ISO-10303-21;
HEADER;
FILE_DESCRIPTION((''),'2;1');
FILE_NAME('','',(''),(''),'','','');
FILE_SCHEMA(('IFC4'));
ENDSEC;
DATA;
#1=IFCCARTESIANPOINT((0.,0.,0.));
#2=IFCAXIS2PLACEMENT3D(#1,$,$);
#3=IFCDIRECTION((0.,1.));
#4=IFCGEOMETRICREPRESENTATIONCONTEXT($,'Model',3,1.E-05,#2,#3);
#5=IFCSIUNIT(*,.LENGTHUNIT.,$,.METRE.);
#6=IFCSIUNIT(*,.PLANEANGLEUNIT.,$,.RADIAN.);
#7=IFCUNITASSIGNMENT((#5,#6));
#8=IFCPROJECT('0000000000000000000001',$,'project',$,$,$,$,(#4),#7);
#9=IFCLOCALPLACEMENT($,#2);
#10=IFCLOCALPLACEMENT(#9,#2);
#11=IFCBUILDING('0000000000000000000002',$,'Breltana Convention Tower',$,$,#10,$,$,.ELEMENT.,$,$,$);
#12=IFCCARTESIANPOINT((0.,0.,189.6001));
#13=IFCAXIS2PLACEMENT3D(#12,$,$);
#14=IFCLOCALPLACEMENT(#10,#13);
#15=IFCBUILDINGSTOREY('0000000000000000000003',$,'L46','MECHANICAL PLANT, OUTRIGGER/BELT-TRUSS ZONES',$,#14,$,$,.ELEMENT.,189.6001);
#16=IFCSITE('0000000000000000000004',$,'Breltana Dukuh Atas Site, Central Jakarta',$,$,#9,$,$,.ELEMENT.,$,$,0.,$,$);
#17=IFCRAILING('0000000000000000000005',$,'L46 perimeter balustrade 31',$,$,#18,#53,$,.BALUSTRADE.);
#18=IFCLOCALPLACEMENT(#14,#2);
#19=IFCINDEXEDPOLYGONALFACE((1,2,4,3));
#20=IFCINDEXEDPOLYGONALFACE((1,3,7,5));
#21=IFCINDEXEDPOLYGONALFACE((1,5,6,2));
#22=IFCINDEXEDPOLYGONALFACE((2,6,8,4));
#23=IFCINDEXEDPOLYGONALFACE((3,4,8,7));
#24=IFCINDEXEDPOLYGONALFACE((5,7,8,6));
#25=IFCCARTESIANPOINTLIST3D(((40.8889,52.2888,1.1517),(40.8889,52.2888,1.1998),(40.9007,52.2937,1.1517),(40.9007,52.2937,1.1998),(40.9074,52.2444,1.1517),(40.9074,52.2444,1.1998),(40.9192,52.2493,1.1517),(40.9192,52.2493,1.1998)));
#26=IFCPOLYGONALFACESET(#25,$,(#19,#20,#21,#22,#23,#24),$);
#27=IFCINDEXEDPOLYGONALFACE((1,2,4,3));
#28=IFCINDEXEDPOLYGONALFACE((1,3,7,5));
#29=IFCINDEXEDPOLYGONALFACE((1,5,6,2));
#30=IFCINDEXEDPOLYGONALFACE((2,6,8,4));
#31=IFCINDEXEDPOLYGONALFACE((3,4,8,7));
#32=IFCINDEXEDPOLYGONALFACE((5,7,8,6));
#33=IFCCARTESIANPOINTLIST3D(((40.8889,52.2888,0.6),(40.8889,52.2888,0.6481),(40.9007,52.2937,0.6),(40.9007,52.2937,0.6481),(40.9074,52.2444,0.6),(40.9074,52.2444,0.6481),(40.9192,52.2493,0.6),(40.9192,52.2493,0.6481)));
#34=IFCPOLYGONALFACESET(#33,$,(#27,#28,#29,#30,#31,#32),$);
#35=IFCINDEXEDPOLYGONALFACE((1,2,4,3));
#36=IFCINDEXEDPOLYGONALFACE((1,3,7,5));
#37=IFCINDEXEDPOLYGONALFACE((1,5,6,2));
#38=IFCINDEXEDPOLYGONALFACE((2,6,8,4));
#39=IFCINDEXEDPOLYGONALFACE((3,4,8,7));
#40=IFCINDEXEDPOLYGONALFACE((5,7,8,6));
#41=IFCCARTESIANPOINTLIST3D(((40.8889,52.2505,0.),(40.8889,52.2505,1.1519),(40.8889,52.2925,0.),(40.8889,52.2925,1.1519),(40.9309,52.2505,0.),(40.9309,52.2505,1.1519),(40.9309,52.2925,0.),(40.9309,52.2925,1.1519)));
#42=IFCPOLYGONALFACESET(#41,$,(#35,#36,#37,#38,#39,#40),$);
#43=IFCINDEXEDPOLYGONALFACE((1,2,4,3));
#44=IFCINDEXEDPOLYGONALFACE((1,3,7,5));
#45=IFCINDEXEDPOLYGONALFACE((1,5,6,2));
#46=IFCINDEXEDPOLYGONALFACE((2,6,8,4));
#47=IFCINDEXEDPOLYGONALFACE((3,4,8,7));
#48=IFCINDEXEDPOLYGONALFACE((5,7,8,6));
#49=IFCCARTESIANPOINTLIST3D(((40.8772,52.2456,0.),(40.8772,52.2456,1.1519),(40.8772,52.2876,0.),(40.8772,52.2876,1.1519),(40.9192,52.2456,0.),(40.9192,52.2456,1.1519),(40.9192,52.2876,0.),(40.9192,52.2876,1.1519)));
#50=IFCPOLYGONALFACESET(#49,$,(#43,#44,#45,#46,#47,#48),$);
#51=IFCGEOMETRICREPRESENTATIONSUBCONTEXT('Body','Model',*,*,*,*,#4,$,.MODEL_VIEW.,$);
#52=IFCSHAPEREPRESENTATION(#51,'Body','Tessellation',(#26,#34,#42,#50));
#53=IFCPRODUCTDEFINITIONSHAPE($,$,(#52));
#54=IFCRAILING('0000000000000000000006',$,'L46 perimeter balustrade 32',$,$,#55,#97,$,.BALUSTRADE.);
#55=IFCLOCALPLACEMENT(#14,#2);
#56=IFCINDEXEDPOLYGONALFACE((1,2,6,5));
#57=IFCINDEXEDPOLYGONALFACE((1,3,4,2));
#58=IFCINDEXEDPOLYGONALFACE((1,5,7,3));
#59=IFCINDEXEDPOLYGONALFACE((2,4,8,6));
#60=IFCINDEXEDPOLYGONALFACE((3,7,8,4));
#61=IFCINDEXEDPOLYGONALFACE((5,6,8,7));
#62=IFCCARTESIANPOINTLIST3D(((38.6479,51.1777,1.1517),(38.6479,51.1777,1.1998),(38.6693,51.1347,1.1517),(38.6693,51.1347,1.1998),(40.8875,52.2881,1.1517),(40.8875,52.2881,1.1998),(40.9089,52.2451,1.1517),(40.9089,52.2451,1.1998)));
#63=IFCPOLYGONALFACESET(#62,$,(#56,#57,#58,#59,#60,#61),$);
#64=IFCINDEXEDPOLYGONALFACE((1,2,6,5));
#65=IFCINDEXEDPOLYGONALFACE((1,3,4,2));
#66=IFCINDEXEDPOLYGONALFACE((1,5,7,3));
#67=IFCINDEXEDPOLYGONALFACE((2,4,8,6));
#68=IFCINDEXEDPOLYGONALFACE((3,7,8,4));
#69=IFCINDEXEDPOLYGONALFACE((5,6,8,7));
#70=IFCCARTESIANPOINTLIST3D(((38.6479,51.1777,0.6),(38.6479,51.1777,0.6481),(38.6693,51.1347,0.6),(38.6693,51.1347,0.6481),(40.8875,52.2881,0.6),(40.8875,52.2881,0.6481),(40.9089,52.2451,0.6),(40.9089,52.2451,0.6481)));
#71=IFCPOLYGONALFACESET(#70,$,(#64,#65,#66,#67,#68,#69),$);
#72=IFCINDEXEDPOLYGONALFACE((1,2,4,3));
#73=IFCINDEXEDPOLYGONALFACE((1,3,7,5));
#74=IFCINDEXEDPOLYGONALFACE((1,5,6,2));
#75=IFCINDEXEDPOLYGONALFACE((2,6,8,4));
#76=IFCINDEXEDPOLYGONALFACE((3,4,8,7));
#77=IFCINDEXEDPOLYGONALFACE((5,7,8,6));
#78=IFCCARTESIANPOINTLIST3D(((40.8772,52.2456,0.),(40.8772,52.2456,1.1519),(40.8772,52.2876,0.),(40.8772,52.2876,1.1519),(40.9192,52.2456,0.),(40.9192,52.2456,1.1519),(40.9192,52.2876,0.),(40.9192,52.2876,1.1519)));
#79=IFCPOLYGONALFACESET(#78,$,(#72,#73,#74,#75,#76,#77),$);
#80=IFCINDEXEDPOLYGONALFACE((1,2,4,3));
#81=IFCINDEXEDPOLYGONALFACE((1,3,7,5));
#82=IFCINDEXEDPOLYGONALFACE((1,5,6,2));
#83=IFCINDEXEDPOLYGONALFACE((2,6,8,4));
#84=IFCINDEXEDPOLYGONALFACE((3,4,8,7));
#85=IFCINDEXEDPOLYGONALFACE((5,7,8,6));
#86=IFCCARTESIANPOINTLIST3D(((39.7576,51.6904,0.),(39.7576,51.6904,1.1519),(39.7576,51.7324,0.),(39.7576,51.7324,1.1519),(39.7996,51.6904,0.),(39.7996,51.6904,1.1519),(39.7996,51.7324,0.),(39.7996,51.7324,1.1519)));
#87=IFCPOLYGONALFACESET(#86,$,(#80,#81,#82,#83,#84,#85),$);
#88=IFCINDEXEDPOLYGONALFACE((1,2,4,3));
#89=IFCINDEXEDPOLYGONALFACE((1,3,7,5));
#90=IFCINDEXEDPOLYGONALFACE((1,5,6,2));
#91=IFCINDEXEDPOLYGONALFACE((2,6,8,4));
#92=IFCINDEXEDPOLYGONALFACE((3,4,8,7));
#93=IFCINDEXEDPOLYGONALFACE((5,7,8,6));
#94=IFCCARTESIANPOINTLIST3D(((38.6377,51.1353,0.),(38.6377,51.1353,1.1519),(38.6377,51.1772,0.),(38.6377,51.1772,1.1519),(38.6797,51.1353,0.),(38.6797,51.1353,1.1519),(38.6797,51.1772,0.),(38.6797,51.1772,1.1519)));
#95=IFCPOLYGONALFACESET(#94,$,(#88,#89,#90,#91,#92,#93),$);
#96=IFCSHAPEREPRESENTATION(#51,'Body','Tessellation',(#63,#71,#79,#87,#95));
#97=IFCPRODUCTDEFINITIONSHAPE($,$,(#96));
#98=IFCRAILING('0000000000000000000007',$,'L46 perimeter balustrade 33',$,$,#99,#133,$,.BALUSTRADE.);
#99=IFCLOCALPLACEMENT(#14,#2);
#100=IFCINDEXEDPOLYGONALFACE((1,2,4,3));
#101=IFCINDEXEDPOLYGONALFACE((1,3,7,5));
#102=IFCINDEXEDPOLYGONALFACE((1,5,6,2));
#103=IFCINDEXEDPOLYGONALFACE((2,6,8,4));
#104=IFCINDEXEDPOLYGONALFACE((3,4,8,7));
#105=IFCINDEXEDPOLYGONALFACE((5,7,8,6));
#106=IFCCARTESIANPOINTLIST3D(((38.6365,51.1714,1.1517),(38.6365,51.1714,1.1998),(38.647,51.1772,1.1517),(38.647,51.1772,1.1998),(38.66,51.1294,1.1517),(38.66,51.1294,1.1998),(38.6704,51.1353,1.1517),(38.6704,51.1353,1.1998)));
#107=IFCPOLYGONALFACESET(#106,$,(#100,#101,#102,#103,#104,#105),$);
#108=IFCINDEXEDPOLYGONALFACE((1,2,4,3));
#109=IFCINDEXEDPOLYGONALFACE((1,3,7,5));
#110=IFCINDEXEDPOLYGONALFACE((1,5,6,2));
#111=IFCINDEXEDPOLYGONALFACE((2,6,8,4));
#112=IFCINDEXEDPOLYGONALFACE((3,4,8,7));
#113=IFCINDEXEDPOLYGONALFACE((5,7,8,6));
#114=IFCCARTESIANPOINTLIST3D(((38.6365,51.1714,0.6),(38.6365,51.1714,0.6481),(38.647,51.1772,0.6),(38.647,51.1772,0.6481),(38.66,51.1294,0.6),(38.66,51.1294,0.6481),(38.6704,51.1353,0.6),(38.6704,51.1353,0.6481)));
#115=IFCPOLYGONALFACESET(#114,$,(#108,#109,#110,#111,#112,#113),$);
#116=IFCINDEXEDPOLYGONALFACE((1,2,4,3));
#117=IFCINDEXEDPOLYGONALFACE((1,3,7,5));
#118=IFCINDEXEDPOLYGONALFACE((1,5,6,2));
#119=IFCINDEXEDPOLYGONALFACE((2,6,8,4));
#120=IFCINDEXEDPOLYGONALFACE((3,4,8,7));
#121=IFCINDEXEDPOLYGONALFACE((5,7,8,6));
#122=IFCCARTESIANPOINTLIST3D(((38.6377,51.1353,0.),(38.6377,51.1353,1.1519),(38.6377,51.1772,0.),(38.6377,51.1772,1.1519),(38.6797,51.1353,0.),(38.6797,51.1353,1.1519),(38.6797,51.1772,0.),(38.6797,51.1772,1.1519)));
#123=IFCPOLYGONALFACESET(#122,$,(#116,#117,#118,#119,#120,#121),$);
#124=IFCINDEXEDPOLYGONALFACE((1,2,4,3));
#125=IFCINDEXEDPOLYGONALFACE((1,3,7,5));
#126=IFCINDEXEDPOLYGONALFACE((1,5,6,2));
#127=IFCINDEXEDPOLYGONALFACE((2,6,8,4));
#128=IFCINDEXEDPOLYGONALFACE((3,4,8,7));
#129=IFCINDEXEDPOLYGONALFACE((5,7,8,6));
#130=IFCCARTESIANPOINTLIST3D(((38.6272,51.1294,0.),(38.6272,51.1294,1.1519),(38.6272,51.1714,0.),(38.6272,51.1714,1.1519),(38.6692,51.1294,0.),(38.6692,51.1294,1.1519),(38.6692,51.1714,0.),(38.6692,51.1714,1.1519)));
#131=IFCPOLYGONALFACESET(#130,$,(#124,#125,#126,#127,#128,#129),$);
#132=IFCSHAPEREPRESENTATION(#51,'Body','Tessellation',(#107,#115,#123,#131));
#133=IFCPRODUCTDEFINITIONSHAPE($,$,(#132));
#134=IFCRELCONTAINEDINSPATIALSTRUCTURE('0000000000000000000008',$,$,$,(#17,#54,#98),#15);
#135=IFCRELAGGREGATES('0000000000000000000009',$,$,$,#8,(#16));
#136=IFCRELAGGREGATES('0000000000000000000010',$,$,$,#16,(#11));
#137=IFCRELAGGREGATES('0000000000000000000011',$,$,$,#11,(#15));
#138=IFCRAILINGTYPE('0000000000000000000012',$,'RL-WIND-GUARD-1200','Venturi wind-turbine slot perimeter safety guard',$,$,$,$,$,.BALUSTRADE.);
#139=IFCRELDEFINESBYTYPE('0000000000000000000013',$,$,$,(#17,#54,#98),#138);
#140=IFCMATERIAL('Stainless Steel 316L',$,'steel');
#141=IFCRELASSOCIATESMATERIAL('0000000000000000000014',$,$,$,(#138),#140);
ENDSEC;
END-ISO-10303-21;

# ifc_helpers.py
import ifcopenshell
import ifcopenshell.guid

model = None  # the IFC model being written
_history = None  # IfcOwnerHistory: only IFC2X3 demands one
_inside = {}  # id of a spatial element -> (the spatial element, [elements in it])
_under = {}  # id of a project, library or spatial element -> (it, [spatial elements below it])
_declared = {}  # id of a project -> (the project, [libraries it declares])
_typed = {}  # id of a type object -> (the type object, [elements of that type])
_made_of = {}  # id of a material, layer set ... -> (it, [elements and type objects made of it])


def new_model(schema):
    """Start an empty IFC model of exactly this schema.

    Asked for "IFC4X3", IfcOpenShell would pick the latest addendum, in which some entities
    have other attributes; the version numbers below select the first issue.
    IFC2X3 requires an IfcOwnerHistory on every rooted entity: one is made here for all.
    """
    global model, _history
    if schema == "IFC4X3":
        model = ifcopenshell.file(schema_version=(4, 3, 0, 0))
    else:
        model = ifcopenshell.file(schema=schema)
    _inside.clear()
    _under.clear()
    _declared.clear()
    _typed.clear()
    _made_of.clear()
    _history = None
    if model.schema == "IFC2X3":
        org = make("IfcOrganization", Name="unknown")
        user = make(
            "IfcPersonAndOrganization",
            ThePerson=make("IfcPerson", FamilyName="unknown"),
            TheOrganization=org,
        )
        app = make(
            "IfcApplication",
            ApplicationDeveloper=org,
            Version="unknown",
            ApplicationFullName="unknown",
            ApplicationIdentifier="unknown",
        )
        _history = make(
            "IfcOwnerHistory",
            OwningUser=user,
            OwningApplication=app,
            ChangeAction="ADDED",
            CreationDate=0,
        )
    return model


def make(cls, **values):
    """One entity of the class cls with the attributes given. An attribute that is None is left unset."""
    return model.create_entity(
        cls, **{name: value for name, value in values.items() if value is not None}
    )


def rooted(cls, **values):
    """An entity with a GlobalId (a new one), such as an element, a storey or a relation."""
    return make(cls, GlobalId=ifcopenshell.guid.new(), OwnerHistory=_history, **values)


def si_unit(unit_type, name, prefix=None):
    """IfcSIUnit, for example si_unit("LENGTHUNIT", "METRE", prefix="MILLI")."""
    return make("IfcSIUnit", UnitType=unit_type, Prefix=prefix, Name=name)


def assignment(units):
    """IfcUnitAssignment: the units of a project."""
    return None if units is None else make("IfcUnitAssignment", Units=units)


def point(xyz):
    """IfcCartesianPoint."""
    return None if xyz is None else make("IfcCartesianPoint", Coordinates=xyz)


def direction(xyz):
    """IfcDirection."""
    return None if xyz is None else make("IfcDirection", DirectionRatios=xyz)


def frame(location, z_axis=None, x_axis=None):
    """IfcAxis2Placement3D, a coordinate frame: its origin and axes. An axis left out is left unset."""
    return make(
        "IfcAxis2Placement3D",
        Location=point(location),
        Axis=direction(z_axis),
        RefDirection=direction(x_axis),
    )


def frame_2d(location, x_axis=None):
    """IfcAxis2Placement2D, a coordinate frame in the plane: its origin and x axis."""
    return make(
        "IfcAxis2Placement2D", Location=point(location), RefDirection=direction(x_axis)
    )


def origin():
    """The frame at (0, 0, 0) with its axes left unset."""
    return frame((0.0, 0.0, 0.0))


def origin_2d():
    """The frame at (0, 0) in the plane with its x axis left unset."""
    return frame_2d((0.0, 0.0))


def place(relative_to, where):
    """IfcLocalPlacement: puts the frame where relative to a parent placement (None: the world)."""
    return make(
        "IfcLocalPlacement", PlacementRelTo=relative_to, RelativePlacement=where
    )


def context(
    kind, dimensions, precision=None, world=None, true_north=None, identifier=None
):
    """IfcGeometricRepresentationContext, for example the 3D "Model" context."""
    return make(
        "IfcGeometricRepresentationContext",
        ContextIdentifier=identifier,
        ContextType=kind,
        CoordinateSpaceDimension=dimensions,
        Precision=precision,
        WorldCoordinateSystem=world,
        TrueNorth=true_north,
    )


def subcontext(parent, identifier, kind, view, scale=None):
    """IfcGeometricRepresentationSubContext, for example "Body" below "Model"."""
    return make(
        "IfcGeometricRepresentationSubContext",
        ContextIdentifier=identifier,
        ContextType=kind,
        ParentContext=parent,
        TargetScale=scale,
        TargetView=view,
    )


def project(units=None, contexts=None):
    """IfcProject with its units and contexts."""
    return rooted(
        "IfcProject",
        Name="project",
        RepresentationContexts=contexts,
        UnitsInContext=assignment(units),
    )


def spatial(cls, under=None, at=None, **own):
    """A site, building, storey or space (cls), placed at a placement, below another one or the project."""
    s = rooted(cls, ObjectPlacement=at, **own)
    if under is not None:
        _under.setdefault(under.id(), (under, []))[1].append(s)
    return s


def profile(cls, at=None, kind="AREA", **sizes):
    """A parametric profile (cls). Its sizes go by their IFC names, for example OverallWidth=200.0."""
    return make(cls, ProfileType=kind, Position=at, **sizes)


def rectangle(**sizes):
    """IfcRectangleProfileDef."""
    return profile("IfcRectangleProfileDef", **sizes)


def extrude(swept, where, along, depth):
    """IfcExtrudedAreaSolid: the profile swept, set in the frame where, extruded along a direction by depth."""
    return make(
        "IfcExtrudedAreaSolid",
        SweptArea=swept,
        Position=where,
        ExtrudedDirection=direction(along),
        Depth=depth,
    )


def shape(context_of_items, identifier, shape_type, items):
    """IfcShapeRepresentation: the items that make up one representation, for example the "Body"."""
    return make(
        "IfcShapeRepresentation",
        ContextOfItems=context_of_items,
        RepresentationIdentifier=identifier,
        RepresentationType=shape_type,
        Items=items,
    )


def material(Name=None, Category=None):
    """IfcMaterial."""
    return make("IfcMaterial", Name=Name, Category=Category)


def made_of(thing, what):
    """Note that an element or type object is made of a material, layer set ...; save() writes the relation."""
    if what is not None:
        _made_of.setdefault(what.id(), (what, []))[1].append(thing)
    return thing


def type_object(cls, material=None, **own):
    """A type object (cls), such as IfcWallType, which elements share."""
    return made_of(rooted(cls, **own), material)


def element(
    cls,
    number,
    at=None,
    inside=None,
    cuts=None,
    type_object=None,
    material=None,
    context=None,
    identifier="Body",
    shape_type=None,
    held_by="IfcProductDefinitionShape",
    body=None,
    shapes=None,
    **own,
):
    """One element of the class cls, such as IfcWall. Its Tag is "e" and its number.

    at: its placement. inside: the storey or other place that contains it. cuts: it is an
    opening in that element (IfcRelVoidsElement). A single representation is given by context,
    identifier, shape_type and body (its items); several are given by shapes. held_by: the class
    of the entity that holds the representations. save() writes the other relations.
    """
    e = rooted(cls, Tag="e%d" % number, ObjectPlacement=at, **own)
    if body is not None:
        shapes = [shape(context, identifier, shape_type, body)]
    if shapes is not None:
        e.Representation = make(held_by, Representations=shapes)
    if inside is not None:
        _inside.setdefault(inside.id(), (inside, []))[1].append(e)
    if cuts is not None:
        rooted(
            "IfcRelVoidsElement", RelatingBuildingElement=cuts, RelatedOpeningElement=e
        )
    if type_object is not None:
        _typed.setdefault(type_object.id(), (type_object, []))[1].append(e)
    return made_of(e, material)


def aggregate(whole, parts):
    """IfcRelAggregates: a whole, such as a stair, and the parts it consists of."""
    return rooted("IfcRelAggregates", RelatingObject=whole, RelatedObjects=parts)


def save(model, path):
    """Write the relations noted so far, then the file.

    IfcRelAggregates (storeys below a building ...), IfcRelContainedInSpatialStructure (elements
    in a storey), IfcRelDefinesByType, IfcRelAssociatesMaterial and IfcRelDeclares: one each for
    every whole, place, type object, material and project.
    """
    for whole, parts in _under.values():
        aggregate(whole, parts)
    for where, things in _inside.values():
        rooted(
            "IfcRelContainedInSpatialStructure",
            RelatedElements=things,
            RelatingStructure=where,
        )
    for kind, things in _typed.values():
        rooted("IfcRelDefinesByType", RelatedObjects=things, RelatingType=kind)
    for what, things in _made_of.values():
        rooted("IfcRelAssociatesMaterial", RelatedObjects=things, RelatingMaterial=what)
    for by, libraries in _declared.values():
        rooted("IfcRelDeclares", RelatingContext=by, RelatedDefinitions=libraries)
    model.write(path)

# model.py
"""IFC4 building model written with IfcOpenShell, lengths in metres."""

from ifc_helpers import new_model, si_unit, direction, frame, origin, origin_2d, place, context, subcontext, project, spatial, rectangle, extrude, material, type_object, element, save


model = new_model("IFC4")

# Units and contexts
model_context = context("Model", 3, precision=1e-05, world=origin(), true_north=direction((0.0, 1.0)))
body_context = subcontext(model_context, "Body", "Model", "MODEL_VIEW")
ifc_project = project(units=[si_unit("LENGTHUNIT", "METRE"), si_unit("PLANEANGLEUNIT", "RADIAN")], contexts=[model_context])

# Site, building, storey
site_placement = place(None, origin())
site = spatial("IfcSite", under=ifc_project, at=site_placement, Name="Breltana Dukuh Atas Site, Central Jakarta", CompositionType="ELEMENT", RefElevation=0.0)
building_placement = place(site_placement, origin())
building = spatial("IfcBuilding", under=site, at=building_placement, Name="Breltana Convention Tower", CompositionType="ELEMENT")
storey_placement = place(building_placement, frame((0.0, 0.0, 189.6001)))
storey = spatial("IfcBuildingStorey", under=building, at=storey_placement, Name="L46", Description="MECHANICAL PLANT, OUTRIGGER/BELT-TRUSS ZONES", CompositionType="ELEMENT", Elevation=189.6001)

# Railings
ifc_material_1 = material(Name="Stainless Steel 316L", Category="steel")
railing_type = type_object("IfcRailingType", Name="RL-WIND-GUARD-1200", Description="Venturi wind-turbine slot perimeter safety guard", PredefinedType="BALUSTRADE", material=ifc_material_1)
railing_1_placement = place(storey_placement, frame((40.9099, 52.2715, 0.0)))
element("IfcRailing", 1, at=railing_1_placement, inside=storey, type_object=railing_type, Name="L46 perimeter balustrade 31", PredefinedType="BALUSTRADE", context=body_context, shape_type="SweptSolid", body=[
    extrude(rectangle(XDim=0.0481, YDim=0.0481, at=origin_2d()), frame((0.0, 0.0, 1.1758), z_axis=(-0.923077, -0.384615, 0.0), x_axis=(0.384615, -0.923077, 0.0)), (0.0, 0.0, 1.0), 0.0127),
    extrude(rectangle(XDim=0.0481, YDim=0.0481, at=origin_2d()), frame((0.0, 0.0, 0.624), z_axis=(-0.923077, -0.384615, 0.0), x_axis=(0.384615, -0.923077, 0.0)), (0.0, 0.0, 1.0), 0.0127),
    extrude(rectangle(XDim=0.042, YDim=0.042, at=origin_2d()), origin(), (0.0, 0.0, 1.0), 1.1519),
    extrude(rectangle(XDim=0.042, YDim=0.042, at=origin_2d()), frame((-0.0117, -0.0049, 0.0)), (0.0, 0.0, 1.0), 1.1519),
])
railing_2_placement = place(storey_placement, frame((40.8982, 52.2666, 0.0)))
element("IfcRailing", 2, at=railing_2_placement, inside=storey, type_object=railing_type, Name="L46 perimeter balustrade 32", PredefinedType="BALUSTRADE", context=body_context, shape_type="SweptSolid", body=[
    extrude(rectangle(XDim=0.0481, YDim=0.0481, at=origin_2d()), frame((0.0, 0.0, 1.1758), z_axis=(-0.895926, -0.444203, 0.0), x_axis=(0.444203, -0.895926, 0.0)), (0.0, 0.0, 1.0), 2.4998),
    extrude(rectangle(XDim=0.0481, YDim=0.0481, at=origin_2d()), frame((0.0, 0.0, 0.624), z_axis=(-0.895926, -0.444203, 0.0), x_axis=(0.444203, -0.895926, 0.0)), (0.0, 0.0, 1.0), 2.4998),
    extrude(rectangle(XDim=0.042, YDim=0.042, at=origin_2d()), origin(), (0.0, 0.0, 1.0), 1.1519),
    extrude(rectangle(XDim=0.042, YDim=0.042, at=origin_2d()), frame((-1.1196, -0.5552, 0.0)), (0.0, 0.0, 1.0), 1.1519),
    extrude(rectangle(XDim=0.042, YDim=0.042, at=origin_2d()), frame((-2.2395, -1.1104, 0.0)), (0.0, 0.0, 1.0), 1.1519),
])
railing_3_placement = place(storey_placement, frame((38.6587, 51.1562, 0.0)))
element("IfcRailing", 3, at=railing_3_placement, inside=storey, type_object=railing_type, Name="L46 perimeter balustrade 33", PredefinedType="BALUSTRADE", context=body_context, shape_type="SweptSolid", body=[
    extrude(rectangle(XDim=0.0481, YDim=0.0481, at=origin_2d()), frame((0.0, 0.0, 1.1758), z_axis=(-0.873198, -0.487366, 0.0), x_axis=(0.487366, -0.873198, 0.0)), (0.0, 0.0, 1.0), 0.012),
    extrude(rectangle(XDim=0.0481, YDim=0.0481, at=origin_2d()), frame((0.0, 0.0, 0.624), z_axis=(-0.873198, -0.487366, 0.0), x_axis=(0.487366, -0.873198, 0.0)), (0.0, 0.0, 1.0), 0.012),
    extrude(rectangle(XDim=0.042, YDim=0.042, at=origin_2d()), origin(), (0.0, 0.0, 1.0), 1.1519),
    extrude(rectangle(XDim=0.042, YDim=0.042, at=origin_2d()), frame((-0.0105, -0.0059, 0.0)), (0.0, 0.0, 1.0), 1.1519),
])

save(model, "model.ifc")
